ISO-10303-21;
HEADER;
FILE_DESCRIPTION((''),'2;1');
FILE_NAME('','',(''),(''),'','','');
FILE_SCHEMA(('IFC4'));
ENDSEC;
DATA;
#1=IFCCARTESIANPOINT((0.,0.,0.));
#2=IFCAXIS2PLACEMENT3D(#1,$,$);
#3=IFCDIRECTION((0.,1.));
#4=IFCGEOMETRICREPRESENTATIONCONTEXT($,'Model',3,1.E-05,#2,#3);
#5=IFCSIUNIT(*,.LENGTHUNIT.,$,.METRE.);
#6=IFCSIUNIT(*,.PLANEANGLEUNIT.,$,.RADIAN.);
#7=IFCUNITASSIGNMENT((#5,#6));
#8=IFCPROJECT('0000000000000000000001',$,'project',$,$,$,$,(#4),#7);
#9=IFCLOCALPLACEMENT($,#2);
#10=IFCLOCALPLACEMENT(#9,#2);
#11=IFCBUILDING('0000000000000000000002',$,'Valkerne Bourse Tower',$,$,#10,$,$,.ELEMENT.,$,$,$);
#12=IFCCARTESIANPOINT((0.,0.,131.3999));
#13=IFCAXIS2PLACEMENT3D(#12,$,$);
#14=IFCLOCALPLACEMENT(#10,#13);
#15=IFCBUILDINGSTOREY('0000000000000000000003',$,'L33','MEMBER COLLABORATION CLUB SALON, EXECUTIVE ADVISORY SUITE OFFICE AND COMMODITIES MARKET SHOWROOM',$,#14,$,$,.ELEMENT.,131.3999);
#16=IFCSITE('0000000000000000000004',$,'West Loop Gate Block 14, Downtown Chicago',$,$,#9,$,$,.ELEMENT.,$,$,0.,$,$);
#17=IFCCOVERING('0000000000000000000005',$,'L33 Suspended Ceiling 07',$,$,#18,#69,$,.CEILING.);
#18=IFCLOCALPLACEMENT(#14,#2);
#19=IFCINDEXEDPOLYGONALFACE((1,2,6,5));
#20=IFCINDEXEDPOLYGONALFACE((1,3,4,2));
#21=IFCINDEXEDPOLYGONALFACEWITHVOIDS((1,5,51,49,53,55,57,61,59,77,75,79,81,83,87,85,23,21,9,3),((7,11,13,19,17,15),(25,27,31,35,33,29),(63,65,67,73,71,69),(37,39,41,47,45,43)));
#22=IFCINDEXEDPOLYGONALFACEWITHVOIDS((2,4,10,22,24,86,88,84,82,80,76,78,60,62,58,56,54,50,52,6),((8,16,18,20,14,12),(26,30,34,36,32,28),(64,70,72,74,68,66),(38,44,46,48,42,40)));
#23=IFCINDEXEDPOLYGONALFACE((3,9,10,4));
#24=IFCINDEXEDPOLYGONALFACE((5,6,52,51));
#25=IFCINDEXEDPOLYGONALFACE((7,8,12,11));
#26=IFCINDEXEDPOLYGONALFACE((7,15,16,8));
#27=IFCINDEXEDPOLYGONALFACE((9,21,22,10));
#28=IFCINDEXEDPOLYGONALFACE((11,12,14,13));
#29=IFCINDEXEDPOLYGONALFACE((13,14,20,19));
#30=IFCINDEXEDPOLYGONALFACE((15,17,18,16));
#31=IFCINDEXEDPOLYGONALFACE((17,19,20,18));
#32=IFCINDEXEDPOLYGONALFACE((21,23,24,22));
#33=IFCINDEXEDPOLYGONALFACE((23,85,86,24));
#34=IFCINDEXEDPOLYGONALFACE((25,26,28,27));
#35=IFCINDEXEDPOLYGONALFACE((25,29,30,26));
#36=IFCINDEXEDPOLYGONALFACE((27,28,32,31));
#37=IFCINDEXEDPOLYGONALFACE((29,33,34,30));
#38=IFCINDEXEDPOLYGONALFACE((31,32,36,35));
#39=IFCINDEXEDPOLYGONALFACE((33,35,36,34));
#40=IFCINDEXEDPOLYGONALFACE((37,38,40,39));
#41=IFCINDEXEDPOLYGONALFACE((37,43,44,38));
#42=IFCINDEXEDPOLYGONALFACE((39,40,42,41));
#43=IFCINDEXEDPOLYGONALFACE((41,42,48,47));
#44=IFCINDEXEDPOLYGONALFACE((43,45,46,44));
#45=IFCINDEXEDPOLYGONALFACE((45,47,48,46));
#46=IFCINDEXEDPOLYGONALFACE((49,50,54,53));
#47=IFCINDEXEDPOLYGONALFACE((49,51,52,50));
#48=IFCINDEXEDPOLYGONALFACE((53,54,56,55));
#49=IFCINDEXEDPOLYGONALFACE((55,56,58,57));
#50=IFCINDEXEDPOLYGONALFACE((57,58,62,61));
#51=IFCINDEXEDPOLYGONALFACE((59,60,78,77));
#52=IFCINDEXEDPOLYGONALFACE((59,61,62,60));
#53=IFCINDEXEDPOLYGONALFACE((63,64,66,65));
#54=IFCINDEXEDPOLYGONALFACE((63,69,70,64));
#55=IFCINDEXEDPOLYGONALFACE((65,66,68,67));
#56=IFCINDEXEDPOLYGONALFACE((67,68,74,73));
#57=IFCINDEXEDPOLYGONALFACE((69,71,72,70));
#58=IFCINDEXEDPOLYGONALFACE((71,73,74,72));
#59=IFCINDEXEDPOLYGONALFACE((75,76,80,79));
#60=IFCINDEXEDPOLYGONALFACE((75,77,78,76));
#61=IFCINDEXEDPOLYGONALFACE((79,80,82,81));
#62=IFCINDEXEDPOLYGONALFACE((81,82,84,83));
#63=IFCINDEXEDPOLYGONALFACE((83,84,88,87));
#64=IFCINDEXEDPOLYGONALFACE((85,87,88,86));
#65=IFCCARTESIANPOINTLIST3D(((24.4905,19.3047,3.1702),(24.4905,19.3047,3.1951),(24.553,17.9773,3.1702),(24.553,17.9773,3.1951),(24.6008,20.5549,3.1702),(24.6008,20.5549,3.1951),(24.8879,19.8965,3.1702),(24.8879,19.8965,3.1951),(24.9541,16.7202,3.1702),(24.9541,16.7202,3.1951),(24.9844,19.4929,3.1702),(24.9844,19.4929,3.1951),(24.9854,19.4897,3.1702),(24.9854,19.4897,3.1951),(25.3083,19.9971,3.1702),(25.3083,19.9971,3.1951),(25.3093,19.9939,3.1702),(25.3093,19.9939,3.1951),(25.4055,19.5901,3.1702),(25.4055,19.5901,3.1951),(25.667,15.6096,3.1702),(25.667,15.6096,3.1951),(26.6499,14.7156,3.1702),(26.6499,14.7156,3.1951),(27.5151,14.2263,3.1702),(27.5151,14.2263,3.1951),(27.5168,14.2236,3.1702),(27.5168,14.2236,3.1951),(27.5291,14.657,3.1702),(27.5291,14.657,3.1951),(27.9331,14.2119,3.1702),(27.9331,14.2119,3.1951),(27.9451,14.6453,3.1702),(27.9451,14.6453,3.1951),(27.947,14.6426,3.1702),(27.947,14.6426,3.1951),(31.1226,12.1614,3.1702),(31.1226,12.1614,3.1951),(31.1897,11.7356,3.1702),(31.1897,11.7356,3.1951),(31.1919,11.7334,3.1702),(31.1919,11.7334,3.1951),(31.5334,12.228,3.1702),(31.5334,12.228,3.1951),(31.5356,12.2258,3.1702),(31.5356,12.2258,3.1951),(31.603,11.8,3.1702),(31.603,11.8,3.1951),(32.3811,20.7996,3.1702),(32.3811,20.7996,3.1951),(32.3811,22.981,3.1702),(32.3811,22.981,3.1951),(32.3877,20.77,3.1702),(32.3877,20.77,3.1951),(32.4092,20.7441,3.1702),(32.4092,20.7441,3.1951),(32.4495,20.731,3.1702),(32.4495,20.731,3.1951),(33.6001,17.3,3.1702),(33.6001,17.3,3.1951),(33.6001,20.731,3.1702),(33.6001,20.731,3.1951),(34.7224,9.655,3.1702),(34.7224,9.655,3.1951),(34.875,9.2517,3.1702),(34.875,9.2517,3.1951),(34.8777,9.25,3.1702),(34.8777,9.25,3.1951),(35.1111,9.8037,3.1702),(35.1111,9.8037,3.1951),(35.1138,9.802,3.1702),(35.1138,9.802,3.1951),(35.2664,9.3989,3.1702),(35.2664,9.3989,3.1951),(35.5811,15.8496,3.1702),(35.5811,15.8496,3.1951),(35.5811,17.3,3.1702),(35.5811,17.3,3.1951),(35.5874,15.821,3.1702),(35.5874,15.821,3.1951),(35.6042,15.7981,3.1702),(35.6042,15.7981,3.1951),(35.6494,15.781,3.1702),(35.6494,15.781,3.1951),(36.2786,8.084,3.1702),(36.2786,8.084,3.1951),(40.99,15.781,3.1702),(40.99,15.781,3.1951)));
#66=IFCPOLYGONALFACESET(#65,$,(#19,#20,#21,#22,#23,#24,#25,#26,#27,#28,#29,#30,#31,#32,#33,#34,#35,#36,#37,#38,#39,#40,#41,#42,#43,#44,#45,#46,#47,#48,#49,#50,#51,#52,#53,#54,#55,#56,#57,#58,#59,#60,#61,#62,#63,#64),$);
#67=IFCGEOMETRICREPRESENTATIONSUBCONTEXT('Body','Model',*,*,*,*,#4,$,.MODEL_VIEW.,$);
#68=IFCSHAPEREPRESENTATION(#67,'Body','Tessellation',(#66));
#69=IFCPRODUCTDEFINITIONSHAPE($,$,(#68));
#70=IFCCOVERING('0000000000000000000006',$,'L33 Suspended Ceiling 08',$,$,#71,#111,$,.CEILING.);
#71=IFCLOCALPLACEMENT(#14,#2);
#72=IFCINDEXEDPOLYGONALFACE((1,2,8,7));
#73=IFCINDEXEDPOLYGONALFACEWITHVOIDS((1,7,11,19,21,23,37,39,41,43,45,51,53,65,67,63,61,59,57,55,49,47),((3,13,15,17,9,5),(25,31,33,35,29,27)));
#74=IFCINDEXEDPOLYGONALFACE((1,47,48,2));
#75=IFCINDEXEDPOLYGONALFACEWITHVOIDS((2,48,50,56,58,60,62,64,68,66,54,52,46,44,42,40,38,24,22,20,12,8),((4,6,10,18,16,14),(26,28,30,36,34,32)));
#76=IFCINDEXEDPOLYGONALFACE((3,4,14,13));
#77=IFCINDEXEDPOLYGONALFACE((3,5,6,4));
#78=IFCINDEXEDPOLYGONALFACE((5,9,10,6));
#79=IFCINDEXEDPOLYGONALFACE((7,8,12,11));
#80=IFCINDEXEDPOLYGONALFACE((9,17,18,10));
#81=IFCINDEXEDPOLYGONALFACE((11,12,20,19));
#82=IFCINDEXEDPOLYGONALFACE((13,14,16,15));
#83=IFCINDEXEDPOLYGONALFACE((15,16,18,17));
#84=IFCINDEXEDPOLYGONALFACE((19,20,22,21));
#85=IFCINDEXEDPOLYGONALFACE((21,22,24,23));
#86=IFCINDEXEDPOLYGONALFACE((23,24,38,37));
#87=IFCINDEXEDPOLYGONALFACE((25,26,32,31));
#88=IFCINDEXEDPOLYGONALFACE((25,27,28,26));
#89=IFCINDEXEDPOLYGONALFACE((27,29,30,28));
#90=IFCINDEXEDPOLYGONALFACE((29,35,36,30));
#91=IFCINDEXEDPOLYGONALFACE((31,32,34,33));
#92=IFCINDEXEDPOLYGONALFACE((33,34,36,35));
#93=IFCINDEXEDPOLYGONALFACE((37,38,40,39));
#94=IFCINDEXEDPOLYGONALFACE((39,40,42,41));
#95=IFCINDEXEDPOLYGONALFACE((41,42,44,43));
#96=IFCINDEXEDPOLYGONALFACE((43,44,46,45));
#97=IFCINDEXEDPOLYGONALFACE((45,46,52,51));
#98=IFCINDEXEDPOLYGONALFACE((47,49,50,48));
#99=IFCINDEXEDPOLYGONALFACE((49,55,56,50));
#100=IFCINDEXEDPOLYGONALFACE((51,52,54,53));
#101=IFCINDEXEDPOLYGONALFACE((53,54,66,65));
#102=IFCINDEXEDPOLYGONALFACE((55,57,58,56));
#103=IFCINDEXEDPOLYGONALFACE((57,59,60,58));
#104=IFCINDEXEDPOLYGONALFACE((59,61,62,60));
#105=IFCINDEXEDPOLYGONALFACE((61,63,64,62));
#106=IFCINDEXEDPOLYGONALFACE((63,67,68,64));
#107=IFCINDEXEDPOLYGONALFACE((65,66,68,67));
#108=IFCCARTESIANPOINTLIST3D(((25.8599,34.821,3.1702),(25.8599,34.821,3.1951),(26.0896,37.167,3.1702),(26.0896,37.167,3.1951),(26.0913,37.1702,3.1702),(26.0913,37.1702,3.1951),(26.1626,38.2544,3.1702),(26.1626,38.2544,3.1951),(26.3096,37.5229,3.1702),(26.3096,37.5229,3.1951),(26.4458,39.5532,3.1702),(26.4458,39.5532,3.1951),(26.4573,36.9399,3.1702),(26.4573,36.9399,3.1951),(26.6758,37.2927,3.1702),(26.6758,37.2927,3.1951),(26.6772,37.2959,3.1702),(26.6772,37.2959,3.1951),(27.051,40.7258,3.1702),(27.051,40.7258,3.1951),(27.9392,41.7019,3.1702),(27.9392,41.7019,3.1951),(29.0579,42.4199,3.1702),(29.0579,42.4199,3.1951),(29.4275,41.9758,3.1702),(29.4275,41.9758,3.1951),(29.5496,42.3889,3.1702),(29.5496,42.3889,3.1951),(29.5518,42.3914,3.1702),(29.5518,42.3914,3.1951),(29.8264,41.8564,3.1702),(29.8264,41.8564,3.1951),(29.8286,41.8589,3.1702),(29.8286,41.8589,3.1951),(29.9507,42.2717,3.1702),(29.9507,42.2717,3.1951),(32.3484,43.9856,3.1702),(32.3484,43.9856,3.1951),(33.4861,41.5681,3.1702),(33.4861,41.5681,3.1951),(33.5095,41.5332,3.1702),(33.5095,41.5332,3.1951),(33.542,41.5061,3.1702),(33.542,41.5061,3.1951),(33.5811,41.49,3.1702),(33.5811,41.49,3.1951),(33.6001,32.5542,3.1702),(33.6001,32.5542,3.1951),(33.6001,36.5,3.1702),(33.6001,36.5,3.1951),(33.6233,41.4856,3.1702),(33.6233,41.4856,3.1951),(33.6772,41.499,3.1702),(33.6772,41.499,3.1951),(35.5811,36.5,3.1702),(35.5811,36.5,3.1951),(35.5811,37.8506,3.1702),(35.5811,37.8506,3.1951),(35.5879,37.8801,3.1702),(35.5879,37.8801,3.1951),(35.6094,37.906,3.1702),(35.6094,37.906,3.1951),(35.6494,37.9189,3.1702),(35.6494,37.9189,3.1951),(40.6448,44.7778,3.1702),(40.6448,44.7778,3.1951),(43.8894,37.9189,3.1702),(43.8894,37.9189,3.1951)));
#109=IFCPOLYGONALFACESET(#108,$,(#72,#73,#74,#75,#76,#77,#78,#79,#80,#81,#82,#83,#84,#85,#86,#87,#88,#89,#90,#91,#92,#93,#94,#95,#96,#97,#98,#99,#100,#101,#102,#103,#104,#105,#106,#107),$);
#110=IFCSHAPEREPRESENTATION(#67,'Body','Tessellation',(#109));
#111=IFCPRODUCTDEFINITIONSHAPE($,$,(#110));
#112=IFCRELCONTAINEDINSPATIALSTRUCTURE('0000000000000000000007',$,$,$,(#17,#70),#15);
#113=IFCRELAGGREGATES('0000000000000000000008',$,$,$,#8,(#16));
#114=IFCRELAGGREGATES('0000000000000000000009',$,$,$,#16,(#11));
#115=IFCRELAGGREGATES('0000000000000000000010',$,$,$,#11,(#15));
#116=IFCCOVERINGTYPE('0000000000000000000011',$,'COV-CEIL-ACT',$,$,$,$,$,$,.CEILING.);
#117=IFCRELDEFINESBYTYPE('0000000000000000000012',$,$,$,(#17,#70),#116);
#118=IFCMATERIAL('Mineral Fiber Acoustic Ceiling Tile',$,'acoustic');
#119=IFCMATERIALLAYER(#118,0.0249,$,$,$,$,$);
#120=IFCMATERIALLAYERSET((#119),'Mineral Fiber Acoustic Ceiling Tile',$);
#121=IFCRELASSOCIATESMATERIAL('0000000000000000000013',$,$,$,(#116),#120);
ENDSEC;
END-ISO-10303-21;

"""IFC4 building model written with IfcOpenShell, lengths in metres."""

from ifc_helpers import new_model, si_unit, direction, frame, origin, place, context, subcontext, project, spatial, polyline, outline, extrude, material, layer, layer_set, type_object, element, save


model = new_model("IFC4")

# Units and contexts
model_context = context("Model", 3, precision=1e-05, world=origin(), true_north=direction((0.0, 1.0)))
body_context = subcontext(model_context, "Body", "Model", "MODEL_VIEW")
ifc_project = project(units=[si_unit("LENGTHUNIT", "METRE"), si_unit("PLANEANGLEUNIT", "RADIAN")], contexts=[model_context])

# Site, building, storey
site_placement = place(None, origin())
site = spatial("IfcSite", under=ifc_project, at=site_placement, Name="West Loop Gate Block 14, Downtown Chicago", CompositionType="ELEMENT", RefElevation=0.0)
building_placement = place(site_placement, origin())
building = spatial("IfcBuilding", under=site, at=building_placement, Name="Valkerne Bourse Tower", CompositionType="ELEMENT")
storey_placement = place(building_placement, frame((0.0, 0.0, 131.3999)))
storey = spatial("IfcBuildingStorey", under=building, at=storey_placement, Name="L33", Description="MEMBER COLLABORATION CLUB SALON, EXECUTIVE ADVISORY SUITE OFFICE AND COMMODITIES MARKET SHOWROOM", CompositionType="ELEMENT", Elevation=131.3999)

# Coverings
ifc_material_1 = material(Name="Mineral Fiber Acoustic Ceiling Tile", Category="acoustic")
ifc_layer_1 = layer(ifc_material_1, 0.0249)
ifc_layer_set_1 = layer_set([ifc_layer_1], Name="Mineral Fiber Acoustic Ceiling Tile")
covering_type_1 = type_object("IfcCoveringType", Name="COV-CEIL-ACT", PredefinedType="CEILING", material=ifc_layer_set_1)
covering_1_placement = place(storey_placement, frame((0.0, 0.0, 3.1702)))
element("IfcCovering", 1, at=covering_1_placement, inside=storey, type_object=covering_type_1, Name="L33 Suspended Ceiling 07", PredefinedType="CEILING", context=body_context, shape_type="SweptSolid", body=[
    extrude(outline(polyline([(24.9541, 16.7202), (24.553, 17.9773), (24.4905, 19.3047), (24.6008, 20.5549), (32.3811, 22.981), (32.3811, 20.7996), (32.3877, 20.77), (32.4092, 20.7441), (32.4495, 20.731), (33.6001, 20.731), (33.6001, 17.3), (35.5811, 17.3), (35.5811, 15.8496), (35.5874, 15.821), (35.6042, 15.7981), (35.6494, 15.781), (40.99, 15.781), (36.2786, 8.084), (26.6499, 14.7156), (25.667, 15.6096), (24.9541, 16.7202)]), holes=[polyline([(35.1138, 9.802), (35.1111, 9.8037), (34.7224, 9.655), (34.875, 9.2517), (34.8777, 9.25), (35.2664, 9.3989), (35.1138, 9.802)]), polyline([(31.5356, 12.2258), (31.5334, 12.228), (31.1226, 12.1614), (31.1897, 11.7356), (31.1919, 11.7334), (31.603, 11.8), (31.5356, 12.2258)]), polyline([(27.947, 14.6426), (27.9451, 14.6453), (27.5291, 14.657), (27.5151, 14.2263), (27.5168, 14.2236), (27.9331, 14.2119), (27.947, 14.6426)]), polyline([(25.4055, 19.5901), (25.3093, 19.9939), (25.3083, 19.9971), (24.8879, 19.8965), (24.9844, 19.4929), (24.9854, 19.4897), (25.4055, 19.5901)])]), origin(), (0.0, 0.0, 1.0), 0.0249),
])
covering_2_placement = place(storey_placement, frame((0.0, 0.0, 3.1702)))
element("IfcCovering", 2, at=covering_2_placement, inside=storey, type_object=covering_type_1, Name="L33 Suspended Ceiling 08", PredefinedType="CEILING", context=body_context, shape_type="SweptSolid", body=[
    extrude(outline(polyline([(27.051, 40.7258), (27.9392, 41.7019), (29.0579, 42.4199), (32.3484, 43.9856), (33.4861, 41.5681), (33.5095, 41.5332), (33.542, 41.5061), (33.5811, 41.49), (33.6233, 41.4856), (33.6772, 41.499), (40.6448, 44.7778), (43.8894, 37.9189), (35.6494, 37.9189), (35.6094, 37.906), (35.5879, 37.8801), (35.5811, 37.8506), (35.5811, 36.5), (33.6001, 36.5), (33.6001, 32.5542), (25.8599, 34.821), (26.1626, 38.2544), (26.4458, 39.5532), (27.051, 40.7258)]), holes=[polyline([(26.6772, 37.2959), (26.3096, 37.5229), (26.0913, 37.1702), (26.0896, 37.167), (26.4573, 36.9399), (26.6758, 37.2927), (26.6772, 37.2959)]), polyline([(29.9507, 42.2717), (29.5518, 42.3914), (29.5496, 42.3889), (29.4275, 41.9758), (29.8264, 41.8564), (29.8286, 41.8589), (29.9507, 42.2717)])]), origin(), (0.0, 0.0, 1.0), 0.0249),
])

save(model, "model.ifc")
